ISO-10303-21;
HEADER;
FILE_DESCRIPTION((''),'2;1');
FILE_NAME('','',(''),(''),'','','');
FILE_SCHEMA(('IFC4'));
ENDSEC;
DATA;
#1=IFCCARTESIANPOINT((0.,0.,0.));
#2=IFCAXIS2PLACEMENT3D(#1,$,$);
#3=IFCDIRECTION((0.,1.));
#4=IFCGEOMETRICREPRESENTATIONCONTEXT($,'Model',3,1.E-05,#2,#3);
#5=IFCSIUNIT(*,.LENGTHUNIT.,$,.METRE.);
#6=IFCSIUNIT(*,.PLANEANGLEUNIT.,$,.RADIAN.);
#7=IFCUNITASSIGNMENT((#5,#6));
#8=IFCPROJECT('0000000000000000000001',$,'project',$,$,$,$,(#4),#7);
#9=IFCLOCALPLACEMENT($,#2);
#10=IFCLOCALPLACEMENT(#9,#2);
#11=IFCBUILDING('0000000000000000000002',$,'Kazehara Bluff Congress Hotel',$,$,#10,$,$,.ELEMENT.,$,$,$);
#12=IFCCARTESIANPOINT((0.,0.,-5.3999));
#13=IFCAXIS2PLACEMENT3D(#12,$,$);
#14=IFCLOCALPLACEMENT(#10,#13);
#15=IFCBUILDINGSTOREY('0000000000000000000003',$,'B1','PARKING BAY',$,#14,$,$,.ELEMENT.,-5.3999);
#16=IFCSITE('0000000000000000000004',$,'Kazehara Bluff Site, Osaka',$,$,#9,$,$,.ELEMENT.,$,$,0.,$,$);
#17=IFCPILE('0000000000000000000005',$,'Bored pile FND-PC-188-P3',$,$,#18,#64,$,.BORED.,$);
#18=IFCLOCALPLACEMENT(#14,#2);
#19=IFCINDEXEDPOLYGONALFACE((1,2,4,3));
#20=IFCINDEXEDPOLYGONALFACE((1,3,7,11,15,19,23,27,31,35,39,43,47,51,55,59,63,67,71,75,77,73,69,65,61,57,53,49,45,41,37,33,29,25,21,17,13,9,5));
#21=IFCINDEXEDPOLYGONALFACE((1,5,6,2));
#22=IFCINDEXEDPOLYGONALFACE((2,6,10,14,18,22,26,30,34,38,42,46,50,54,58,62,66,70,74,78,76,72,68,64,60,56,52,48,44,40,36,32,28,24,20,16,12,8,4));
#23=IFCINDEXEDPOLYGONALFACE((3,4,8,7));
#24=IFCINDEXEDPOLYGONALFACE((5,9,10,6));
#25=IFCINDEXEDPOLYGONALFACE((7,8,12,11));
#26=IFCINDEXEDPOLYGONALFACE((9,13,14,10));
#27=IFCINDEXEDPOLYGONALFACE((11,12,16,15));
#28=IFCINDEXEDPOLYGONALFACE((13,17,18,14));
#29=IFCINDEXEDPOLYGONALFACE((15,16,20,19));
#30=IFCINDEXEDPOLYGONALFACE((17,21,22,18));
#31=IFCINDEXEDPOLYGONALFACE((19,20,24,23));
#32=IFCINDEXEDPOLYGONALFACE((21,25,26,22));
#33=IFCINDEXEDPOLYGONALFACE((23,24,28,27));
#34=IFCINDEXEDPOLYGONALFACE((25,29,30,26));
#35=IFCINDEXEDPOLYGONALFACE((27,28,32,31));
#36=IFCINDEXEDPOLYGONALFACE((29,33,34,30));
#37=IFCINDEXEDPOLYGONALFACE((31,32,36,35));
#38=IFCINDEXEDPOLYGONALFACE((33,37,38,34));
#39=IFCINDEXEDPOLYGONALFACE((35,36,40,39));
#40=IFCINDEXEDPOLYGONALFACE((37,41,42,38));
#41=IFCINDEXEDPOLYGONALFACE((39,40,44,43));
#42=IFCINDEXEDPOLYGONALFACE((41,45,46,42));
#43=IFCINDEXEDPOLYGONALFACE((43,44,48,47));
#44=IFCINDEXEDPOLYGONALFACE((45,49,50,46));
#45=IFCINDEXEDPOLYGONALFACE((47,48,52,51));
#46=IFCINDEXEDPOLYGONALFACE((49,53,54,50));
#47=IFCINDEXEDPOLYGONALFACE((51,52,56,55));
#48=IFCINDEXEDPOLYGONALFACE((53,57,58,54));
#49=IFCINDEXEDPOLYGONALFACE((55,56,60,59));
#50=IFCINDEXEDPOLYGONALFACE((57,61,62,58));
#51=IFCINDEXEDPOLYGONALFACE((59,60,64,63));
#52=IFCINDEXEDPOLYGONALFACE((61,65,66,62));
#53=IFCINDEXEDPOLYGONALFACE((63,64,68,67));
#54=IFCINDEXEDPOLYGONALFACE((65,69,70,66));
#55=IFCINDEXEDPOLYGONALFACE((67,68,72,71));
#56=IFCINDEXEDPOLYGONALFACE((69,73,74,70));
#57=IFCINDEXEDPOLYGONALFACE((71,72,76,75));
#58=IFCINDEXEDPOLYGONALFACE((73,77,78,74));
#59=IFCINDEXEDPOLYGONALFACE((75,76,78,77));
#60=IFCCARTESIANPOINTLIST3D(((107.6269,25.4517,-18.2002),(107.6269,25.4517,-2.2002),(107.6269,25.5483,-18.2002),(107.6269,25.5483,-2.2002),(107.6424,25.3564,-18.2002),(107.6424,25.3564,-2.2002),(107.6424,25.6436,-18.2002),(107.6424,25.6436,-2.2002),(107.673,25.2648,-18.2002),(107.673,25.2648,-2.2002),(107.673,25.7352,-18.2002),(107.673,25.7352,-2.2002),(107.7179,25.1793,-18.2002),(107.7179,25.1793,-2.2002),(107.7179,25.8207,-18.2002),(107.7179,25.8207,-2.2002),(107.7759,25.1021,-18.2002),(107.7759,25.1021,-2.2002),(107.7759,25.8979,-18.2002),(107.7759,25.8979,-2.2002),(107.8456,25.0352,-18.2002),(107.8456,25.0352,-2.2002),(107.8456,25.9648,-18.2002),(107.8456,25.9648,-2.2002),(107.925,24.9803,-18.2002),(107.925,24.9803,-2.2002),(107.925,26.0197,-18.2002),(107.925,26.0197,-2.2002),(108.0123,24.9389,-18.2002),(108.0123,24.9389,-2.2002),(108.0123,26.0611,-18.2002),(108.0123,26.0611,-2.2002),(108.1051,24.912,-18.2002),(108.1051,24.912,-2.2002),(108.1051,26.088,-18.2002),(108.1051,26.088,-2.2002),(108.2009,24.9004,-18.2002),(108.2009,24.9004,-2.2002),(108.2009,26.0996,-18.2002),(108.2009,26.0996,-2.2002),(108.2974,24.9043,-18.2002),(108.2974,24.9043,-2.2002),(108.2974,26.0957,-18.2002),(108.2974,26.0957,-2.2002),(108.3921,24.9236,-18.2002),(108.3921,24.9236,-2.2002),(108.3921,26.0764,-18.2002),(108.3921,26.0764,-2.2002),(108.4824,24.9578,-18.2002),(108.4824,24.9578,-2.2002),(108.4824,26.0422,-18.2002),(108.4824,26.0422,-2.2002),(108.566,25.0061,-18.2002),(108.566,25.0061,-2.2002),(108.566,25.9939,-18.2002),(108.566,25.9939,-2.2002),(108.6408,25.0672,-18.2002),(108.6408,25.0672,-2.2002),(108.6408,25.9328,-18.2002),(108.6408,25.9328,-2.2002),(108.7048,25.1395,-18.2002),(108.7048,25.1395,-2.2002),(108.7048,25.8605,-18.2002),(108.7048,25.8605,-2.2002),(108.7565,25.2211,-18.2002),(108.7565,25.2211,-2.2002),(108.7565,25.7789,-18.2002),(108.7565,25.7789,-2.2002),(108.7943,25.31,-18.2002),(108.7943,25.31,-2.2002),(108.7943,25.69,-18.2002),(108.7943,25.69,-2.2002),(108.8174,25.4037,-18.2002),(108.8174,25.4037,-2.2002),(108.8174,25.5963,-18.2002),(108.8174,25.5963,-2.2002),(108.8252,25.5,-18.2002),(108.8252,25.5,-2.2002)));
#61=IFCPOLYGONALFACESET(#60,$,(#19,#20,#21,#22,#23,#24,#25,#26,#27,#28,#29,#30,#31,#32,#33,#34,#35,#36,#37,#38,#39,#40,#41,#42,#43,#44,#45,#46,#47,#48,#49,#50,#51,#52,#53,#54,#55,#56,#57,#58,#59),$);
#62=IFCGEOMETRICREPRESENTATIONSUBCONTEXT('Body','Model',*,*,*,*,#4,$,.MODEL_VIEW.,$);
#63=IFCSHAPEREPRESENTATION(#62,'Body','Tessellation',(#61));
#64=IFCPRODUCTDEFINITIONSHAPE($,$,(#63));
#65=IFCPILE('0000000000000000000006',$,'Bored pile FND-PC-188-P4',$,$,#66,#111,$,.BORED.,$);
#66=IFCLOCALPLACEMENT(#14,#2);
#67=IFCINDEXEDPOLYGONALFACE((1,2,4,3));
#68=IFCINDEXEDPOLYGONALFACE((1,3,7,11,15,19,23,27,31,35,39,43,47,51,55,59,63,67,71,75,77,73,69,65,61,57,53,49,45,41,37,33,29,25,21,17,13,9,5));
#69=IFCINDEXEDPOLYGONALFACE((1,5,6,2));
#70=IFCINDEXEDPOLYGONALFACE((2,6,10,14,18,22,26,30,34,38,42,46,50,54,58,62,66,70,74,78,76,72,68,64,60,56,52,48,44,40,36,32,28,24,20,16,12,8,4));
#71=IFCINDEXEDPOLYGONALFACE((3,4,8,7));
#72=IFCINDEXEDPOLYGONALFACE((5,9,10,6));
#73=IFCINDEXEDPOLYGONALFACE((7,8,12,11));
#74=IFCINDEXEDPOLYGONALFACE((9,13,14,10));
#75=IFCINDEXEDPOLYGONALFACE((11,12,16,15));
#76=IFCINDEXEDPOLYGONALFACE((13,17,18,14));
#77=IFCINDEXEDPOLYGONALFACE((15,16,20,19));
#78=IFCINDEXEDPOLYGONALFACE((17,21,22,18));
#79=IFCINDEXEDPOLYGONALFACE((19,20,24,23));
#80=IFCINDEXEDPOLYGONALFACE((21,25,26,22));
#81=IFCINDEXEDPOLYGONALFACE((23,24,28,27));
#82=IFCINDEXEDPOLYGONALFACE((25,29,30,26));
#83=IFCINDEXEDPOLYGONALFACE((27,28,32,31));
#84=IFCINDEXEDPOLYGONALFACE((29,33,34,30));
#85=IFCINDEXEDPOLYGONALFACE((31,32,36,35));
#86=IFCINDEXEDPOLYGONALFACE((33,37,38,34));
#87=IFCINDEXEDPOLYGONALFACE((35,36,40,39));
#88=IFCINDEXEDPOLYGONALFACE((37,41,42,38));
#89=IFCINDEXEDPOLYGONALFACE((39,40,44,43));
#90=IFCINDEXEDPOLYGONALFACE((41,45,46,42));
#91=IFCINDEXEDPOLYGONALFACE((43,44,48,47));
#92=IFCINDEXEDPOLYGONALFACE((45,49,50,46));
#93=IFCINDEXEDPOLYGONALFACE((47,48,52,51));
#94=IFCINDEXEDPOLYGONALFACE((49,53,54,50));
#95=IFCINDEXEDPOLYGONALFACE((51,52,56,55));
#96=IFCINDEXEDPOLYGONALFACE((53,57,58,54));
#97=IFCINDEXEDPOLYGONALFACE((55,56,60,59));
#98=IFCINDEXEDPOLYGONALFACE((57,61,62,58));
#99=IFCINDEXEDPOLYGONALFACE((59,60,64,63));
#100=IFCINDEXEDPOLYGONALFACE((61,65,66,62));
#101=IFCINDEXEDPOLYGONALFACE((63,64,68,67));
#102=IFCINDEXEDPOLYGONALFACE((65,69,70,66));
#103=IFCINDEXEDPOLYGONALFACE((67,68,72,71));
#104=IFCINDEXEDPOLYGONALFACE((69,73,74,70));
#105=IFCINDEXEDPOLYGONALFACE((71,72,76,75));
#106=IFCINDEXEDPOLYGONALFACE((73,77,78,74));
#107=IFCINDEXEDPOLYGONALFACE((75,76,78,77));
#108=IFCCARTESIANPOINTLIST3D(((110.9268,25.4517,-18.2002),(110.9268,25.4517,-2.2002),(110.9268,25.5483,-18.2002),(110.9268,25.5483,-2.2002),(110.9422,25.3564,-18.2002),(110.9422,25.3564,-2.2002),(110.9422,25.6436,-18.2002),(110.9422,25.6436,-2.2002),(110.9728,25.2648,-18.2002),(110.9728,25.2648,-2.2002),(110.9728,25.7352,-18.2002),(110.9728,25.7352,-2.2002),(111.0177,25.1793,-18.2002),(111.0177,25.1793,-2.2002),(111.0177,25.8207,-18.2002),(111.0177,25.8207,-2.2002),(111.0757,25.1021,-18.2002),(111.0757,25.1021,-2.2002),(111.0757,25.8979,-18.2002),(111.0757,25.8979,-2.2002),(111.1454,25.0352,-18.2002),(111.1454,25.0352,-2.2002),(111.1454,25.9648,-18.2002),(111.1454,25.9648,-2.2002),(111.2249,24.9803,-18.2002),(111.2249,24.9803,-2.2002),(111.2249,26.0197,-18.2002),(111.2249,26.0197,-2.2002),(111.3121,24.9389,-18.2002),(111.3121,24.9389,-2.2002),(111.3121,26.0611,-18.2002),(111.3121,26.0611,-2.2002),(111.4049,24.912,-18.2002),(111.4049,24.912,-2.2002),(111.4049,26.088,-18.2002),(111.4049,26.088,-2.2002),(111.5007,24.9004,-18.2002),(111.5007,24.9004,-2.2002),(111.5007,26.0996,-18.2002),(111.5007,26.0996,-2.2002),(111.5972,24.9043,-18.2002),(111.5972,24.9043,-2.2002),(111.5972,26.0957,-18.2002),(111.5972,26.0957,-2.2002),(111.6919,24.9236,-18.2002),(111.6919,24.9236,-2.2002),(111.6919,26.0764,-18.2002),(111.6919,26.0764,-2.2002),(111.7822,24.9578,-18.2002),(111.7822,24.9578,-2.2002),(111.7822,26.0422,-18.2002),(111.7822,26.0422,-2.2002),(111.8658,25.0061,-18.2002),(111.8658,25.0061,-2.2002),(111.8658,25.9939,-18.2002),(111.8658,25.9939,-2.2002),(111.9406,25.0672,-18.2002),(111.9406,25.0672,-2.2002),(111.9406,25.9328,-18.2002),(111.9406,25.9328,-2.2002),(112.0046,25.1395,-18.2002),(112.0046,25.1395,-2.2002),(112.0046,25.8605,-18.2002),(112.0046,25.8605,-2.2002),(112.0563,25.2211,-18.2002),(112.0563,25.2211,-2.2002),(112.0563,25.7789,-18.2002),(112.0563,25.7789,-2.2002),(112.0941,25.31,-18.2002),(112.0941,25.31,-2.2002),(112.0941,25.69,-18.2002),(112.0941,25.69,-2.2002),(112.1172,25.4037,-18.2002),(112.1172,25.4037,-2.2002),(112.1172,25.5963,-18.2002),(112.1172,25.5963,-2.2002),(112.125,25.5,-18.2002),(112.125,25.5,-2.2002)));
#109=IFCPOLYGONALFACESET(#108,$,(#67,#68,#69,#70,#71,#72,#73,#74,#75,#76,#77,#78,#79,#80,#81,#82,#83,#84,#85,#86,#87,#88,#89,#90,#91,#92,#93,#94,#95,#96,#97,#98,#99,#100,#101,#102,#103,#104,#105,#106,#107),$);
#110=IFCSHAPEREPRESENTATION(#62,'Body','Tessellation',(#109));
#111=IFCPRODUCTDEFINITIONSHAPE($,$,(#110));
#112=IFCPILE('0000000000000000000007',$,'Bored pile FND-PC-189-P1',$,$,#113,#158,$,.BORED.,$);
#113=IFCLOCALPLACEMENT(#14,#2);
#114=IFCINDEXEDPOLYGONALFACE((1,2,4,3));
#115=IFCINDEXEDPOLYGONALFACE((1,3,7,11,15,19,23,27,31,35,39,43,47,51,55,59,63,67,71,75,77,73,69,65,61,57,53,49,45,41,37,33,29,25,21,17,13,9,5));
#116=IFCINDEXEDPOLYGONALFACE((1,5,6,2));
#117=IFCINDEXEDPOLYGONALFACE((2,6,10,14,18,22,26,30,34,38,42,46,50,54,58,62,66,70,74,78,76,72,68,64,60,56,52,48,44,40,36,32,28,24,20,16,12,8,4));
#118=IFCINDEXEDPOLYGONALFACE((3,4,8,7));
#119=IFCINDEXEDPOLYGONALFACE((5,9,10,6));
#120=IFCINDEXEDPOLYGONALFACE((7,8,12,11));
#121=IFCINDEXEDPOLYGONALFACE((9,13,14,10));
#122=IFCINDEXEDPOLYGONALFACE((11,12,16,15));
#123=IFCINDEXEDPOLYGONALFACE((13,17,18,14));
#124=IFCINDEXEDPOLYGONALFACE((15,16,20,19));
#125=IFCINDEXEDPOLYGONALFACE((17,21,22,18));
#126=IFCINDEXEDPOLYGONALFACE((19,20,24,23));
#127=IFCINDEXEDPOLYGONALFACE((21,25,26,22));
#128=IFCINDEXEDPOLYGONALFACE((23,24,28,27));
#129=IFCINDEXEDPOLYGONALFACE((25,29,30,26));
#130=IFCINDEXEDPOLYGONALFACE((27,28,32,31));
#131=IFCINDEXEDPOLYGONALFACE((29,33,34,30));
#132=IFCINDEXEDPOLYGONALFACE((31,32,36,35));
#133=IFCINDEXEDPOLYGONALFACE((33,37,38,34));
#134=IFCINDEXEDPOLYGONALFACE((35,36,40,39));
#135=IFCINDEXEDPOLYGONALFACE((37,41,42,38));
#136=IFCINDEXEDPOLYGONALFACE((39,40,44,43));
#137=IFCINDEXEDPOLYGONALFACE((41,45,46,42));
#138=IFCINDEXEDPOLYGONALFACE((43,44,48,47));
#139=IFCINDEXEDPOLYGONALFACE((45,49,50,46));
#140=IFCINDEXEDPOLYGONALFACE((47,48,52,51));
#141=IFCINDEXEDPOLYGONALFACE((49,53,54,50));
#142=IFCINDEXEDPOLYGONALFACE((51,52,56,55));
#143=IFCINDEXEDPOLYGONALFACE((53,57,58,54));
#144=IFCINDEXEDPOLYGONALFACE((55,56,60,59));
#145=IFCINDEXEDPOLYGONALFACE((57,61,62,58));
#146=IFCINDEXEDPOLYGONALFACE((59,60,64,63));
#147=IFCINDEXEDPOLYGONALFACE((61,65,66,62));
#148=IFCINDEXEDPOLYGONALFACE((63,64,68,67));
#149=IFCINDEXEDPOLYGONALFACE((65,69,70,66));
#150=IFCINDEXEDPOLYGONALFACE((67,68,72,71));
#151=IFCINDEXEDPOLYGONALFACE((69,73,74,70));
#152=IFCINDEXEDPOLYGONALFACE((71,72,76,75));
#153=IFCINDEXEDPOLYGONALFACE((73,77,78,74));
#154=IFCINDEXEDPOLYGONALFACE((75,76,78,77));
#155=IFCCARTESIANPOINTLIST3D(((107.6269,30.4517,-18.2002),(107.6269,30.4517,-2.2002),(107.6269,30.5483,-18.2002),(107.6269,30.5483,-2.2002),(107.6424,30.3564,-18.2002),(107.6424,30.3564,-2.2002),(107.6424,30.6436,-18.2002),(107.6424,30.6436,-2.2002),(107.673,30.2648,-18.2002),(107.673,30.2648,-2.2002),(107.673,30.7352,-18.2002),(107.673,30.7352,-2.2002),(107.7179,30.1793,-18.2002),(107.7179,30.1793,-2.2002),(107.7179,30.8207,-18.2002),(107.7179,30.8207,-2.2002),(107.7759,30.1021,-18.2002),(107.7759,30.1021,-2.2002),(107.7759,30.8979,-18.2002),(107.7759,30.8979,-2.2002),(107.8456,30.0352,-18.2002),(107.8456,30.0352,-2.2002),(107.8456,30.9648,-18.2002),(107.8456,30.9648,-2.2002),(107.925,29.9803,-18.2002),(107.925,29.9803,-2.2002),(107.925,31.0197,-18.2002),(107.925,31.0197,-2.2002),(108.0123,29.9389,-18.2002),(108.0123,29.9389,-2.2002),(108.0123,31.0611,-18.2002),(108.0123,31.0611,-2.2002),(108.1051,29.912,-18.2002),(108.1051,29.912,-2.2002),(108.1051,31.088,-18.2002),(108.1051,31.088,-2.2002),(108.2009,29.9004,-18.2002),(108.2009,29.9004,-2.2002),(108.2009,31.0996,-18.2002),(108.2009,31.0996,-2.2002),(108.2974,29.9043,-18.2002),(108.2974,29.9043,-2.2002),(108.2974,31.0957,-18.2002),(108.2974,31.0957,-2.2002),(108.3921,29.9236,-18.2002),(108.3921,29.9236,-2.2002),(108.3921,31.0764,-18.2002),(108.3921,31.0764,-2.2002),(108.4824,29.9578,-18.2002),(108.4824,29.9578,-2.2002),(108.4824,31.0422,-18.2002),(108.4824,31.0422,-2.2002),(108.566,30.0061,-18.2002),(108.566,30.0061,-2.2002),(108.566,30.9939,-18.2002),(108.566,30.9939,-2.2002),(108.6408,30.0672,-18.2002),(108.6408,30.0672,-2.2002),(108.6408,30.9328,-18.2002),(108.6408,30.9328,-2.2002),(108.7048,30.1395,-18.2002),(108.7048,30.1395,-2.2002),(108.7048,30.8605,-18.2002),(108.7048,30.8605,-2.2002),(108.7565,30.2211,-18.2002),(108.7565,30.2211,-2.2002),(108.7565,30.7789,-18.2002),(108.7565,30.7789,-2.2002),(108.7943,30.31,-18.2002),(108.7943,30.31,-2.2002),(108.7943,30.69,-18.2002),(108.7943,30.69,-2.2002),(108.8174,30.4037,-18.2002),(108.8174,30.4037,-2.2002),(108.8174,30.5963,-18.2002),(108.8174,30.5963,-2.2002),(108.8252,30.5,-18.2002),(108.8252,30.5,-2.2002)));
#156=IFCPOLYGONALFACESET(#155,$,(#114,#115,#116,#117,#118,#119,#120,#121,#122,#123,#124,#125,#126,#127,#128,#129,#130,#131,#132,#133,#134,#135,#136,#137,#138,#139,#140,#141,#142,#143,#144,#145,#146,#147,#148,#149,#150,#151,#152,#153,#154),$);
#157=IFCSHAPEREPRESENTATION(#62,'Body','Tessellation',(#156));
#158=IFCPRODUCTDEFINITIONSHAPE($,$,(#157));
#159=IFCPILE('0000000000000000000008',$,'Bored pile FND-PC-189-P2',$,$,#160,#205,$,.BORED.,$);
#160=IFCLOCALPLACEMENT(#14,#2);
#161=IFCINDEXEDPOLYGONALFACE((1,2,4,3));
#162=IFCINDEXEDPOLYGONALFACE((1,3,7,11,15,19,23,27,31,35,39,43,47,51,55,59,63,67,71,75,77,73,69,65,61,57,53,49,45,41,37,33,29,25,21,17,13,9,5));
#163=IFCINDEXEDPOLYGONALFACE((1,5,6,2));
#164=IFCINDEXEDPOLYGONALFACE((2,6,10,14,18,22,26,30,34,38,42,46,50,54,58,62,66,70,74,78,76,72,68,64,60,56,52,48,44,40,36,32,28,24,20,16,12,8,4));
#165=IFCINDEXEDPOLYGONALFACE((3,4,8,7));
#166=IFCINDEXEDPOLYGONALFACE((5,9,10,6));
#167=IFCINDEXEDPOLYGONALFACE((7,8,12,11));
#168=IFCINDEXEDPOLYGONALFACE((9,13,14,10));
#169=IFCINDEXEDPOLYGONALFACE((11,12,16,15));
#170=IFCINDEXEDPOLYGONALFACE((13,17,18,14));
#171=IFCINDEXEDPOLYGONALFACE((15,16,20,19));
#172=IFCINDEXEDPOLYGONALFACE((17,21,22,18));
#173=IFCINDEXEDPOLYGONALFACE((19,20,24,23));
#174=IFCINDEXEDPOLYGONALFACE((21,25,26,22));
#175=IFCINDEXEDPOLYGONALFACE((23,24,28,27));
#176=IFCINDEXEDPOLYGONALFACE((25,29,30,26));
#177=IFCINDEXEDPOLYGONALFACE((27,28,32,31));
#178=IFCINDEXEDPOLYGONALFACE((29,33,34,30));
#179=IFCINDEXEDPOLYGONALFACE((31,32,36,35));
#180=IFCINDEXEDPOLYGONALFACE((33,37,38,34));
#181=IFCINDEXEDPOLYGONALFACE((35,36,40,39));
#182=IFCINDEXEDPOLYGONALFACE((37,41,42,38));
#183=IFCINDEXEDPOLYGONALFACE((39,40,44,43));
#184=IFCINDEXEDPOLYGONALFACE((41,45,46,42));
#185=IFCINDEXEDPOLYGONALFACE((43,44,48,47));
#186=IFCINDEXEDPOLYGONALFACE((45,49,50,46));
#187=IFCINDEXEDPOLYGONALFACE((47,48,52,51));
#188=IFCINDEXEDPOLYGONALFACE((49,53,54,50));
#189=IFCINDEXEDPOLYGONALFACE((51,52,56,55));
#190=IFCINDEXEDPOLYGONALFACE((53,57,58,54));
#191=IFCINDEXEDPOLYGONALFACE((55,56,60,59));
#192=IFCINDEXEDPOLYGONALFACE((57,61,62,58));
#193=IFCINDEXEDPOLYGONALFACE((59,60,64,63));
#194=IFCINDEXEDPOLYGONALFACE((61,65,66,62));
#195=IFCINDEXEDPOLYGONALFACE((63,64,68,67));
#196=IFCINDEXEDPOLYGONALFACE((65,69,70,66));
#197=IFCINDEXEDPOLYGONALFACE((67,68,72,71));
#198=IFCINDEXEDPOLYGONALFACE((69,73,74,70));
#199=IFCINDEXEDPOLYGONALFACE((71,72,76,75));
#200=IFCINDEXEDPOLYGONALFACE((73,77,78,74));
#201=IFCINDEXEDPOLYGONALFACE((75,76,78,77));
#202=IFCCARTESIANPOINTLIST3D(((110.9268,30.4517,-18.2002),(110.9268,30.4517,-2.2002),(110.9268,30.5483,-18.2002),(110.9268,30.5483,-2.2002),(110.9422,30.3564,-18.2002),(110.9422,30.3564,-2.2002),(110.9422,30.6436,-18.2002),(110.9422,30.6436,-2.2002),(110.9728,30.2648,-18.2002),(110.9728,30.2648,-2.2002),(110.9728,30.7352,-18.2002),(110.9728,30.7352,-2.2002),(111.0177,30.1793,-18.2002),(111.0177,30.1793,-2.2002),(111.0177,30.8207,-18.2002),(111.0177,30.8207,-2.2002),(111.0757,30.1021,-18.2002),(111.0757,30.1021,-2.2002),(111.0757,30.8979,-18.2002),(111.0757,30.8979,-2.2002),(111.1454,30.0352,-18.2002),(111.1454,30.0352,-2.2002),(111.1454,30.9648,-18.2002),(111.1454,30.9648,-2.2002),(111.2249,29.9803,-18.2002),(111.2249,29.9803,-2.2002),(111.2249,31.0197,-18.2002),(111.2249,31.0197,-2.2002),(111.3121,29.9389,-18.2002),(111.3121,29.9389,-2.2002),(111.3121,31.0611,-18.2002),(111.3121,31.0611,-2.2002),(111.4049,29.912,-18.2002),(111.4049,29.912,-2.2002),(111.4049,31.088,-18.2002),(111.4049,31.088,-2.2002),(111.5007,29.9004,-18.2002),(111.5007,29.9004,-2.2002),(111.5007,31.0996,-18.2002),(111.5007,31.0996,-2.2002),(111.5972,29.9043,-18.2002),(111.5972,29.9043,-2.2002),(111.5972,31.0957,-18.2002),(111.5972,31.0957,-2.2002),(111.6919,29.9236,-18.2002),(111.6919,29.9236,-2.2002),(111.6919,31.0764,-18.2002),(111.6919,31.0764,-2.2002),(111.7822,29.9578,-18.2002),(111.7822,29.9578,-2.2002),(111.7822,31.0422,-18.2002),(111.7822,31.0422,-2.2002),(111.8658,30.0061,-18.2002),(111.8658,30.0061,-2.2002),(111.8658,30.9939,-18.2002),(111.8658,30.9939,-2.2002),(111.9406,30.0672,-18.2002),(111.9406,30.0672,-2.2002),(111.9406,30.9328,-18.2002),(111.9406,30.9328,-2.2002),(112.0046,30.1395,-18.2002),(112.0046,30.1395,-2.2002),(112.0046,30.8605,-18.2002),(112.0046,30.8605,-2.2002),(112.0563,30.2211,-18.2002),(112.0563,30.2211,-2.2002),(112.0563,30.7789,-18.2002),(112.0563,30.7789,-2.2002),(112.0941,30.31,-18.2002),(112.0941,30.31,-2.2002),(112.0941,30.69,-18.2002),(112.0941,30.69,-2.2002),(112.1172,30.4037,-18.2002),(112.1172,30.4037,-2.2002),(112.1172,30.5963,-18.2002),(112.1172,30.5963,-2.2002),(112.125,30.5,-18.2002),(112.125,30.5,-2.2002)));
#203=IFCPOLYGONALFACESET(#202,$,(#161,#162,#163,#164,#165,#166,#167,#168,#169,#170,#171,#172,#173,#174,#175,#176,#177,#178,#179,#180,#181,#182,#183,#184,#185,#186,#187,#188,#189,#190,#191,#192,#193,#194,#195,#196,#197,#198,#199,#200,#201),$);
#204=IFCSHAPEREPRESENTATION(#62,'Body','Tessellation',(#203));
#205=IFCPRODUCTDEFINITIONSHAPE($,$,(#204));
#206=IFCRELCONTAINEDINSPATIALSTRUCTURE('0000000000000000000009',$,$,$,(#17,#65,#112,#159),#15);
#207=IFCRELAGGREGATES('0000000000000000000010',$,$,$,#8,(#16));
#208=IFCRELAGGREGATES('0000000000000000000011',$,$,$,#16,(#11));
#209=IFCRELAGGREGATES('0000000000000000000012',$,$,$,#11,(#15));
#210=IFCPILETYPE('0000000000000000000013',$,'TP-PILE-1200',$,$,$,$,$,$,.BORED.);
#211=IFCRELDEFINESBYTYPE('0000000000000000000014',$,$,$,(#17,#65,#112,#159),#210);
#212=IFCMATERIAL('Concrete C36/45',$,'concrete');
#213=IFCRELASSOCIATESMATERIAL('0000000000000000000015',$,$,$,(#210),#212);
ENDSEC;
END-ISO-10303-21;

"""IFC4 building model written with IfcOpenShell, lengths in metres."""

from ifc_helpers import new_model, si_unit, direction, frame, origin, origin_2d, place, context, subcontext, project, spatial, circle, extrude, material, material_profile, profile_set, type_object, element, save


model = new_model("IFC4")

# Units and contexts
model_context = context("Model", 3, precision=1e-05, world=origin(), true_north=direction((0.0, 1.0)))
body_context = subcontext(model_context, "Body", "Model", "MODEL_VIEW")
ifc_project = project(units=[si_unit("LENGTHUNIT", "METRE"), si_unit("PLANEANGLEUNIT", "RADIAN")], contexts=[model_context])

# Site, building, storey
site_placement = place(None, origin())
site = spatial("IfcSite", under=ifc_project, at=site_placement, Name="Kazehara Bluff Site, Osaka", CompositionType="ELEMENT", RefElevation=0.0)
building_placement = place(site_placement, origin())
building = spatial("IfcBuilding", under=site, at=building_placement, Name="Kazehara Bluff Congress Hotel", CompositionType="ELEMENT")
storey_placement = place(building_placement, frame((0.0, 0.0, -5.3999)))
storey = spatial("IfcBuildingStorey", under=building, at=storey_placement, Name="B1", Description="PARKING BAY", CompositionType="ELEMENT", Elevation=-5.3999)

# Piles
ifc_material_1 = material(Name="Concrete C36/45", Category="concrete")
ifc_material_profile_1 = material_profile(ifc_material_1, circle(Radius=0.6001, at=origin_2d()))
ifc_profile_set_1 = profile_set([ifc_material_profile_1], Name="Concrete C36/45")
pile_type = type_object("IfcPileType", Name="TP-PILE-1200", PredefinedType="BORED", material=ifc_profile_set_1)
for number, where, z_axis, x_axis, name in (
    (1, (108.2251, 25.5, -2.2002), (0.0, 0.0, -1.0), (1.0, 0.0, 0.0), "Bored pile FND-PC-188-P3"),
    (2, (111.5249, 25.5, -2.2002), (0.0, 0.0, -1.0), (1.0, 0.0, 0.0), "Bored pile FND-PC-188-P4"),
    (3, (108.2251, 30.5, -2.2002), (0.0, 0.0, -1.0), (1.0, 0.0, 0.0), "Bored pile FND-PC-189-P1"),
    (4, (111.5249, 30.5, -2.2002), (0.0, 0.0, -1.0), (1.0, 0.0, 0.0), "Bored pile FND-PC-189-P2"),
):
    element("IfcPile", number, at=place(storey_placement, frame(where, z_axis=z_axis, x_axis=x_axis)), inside=storey, type_object=pile_type, Name=name, PredefinedType="BORED", context=body_context, shape_type="SweptSolid", body=[
        extrude(circle(Radius=0.6001, at=origin_2d()), origin(), (0.0, 0.0, 1.0), 16.0),
    ])

save(model, "model.ifc")
